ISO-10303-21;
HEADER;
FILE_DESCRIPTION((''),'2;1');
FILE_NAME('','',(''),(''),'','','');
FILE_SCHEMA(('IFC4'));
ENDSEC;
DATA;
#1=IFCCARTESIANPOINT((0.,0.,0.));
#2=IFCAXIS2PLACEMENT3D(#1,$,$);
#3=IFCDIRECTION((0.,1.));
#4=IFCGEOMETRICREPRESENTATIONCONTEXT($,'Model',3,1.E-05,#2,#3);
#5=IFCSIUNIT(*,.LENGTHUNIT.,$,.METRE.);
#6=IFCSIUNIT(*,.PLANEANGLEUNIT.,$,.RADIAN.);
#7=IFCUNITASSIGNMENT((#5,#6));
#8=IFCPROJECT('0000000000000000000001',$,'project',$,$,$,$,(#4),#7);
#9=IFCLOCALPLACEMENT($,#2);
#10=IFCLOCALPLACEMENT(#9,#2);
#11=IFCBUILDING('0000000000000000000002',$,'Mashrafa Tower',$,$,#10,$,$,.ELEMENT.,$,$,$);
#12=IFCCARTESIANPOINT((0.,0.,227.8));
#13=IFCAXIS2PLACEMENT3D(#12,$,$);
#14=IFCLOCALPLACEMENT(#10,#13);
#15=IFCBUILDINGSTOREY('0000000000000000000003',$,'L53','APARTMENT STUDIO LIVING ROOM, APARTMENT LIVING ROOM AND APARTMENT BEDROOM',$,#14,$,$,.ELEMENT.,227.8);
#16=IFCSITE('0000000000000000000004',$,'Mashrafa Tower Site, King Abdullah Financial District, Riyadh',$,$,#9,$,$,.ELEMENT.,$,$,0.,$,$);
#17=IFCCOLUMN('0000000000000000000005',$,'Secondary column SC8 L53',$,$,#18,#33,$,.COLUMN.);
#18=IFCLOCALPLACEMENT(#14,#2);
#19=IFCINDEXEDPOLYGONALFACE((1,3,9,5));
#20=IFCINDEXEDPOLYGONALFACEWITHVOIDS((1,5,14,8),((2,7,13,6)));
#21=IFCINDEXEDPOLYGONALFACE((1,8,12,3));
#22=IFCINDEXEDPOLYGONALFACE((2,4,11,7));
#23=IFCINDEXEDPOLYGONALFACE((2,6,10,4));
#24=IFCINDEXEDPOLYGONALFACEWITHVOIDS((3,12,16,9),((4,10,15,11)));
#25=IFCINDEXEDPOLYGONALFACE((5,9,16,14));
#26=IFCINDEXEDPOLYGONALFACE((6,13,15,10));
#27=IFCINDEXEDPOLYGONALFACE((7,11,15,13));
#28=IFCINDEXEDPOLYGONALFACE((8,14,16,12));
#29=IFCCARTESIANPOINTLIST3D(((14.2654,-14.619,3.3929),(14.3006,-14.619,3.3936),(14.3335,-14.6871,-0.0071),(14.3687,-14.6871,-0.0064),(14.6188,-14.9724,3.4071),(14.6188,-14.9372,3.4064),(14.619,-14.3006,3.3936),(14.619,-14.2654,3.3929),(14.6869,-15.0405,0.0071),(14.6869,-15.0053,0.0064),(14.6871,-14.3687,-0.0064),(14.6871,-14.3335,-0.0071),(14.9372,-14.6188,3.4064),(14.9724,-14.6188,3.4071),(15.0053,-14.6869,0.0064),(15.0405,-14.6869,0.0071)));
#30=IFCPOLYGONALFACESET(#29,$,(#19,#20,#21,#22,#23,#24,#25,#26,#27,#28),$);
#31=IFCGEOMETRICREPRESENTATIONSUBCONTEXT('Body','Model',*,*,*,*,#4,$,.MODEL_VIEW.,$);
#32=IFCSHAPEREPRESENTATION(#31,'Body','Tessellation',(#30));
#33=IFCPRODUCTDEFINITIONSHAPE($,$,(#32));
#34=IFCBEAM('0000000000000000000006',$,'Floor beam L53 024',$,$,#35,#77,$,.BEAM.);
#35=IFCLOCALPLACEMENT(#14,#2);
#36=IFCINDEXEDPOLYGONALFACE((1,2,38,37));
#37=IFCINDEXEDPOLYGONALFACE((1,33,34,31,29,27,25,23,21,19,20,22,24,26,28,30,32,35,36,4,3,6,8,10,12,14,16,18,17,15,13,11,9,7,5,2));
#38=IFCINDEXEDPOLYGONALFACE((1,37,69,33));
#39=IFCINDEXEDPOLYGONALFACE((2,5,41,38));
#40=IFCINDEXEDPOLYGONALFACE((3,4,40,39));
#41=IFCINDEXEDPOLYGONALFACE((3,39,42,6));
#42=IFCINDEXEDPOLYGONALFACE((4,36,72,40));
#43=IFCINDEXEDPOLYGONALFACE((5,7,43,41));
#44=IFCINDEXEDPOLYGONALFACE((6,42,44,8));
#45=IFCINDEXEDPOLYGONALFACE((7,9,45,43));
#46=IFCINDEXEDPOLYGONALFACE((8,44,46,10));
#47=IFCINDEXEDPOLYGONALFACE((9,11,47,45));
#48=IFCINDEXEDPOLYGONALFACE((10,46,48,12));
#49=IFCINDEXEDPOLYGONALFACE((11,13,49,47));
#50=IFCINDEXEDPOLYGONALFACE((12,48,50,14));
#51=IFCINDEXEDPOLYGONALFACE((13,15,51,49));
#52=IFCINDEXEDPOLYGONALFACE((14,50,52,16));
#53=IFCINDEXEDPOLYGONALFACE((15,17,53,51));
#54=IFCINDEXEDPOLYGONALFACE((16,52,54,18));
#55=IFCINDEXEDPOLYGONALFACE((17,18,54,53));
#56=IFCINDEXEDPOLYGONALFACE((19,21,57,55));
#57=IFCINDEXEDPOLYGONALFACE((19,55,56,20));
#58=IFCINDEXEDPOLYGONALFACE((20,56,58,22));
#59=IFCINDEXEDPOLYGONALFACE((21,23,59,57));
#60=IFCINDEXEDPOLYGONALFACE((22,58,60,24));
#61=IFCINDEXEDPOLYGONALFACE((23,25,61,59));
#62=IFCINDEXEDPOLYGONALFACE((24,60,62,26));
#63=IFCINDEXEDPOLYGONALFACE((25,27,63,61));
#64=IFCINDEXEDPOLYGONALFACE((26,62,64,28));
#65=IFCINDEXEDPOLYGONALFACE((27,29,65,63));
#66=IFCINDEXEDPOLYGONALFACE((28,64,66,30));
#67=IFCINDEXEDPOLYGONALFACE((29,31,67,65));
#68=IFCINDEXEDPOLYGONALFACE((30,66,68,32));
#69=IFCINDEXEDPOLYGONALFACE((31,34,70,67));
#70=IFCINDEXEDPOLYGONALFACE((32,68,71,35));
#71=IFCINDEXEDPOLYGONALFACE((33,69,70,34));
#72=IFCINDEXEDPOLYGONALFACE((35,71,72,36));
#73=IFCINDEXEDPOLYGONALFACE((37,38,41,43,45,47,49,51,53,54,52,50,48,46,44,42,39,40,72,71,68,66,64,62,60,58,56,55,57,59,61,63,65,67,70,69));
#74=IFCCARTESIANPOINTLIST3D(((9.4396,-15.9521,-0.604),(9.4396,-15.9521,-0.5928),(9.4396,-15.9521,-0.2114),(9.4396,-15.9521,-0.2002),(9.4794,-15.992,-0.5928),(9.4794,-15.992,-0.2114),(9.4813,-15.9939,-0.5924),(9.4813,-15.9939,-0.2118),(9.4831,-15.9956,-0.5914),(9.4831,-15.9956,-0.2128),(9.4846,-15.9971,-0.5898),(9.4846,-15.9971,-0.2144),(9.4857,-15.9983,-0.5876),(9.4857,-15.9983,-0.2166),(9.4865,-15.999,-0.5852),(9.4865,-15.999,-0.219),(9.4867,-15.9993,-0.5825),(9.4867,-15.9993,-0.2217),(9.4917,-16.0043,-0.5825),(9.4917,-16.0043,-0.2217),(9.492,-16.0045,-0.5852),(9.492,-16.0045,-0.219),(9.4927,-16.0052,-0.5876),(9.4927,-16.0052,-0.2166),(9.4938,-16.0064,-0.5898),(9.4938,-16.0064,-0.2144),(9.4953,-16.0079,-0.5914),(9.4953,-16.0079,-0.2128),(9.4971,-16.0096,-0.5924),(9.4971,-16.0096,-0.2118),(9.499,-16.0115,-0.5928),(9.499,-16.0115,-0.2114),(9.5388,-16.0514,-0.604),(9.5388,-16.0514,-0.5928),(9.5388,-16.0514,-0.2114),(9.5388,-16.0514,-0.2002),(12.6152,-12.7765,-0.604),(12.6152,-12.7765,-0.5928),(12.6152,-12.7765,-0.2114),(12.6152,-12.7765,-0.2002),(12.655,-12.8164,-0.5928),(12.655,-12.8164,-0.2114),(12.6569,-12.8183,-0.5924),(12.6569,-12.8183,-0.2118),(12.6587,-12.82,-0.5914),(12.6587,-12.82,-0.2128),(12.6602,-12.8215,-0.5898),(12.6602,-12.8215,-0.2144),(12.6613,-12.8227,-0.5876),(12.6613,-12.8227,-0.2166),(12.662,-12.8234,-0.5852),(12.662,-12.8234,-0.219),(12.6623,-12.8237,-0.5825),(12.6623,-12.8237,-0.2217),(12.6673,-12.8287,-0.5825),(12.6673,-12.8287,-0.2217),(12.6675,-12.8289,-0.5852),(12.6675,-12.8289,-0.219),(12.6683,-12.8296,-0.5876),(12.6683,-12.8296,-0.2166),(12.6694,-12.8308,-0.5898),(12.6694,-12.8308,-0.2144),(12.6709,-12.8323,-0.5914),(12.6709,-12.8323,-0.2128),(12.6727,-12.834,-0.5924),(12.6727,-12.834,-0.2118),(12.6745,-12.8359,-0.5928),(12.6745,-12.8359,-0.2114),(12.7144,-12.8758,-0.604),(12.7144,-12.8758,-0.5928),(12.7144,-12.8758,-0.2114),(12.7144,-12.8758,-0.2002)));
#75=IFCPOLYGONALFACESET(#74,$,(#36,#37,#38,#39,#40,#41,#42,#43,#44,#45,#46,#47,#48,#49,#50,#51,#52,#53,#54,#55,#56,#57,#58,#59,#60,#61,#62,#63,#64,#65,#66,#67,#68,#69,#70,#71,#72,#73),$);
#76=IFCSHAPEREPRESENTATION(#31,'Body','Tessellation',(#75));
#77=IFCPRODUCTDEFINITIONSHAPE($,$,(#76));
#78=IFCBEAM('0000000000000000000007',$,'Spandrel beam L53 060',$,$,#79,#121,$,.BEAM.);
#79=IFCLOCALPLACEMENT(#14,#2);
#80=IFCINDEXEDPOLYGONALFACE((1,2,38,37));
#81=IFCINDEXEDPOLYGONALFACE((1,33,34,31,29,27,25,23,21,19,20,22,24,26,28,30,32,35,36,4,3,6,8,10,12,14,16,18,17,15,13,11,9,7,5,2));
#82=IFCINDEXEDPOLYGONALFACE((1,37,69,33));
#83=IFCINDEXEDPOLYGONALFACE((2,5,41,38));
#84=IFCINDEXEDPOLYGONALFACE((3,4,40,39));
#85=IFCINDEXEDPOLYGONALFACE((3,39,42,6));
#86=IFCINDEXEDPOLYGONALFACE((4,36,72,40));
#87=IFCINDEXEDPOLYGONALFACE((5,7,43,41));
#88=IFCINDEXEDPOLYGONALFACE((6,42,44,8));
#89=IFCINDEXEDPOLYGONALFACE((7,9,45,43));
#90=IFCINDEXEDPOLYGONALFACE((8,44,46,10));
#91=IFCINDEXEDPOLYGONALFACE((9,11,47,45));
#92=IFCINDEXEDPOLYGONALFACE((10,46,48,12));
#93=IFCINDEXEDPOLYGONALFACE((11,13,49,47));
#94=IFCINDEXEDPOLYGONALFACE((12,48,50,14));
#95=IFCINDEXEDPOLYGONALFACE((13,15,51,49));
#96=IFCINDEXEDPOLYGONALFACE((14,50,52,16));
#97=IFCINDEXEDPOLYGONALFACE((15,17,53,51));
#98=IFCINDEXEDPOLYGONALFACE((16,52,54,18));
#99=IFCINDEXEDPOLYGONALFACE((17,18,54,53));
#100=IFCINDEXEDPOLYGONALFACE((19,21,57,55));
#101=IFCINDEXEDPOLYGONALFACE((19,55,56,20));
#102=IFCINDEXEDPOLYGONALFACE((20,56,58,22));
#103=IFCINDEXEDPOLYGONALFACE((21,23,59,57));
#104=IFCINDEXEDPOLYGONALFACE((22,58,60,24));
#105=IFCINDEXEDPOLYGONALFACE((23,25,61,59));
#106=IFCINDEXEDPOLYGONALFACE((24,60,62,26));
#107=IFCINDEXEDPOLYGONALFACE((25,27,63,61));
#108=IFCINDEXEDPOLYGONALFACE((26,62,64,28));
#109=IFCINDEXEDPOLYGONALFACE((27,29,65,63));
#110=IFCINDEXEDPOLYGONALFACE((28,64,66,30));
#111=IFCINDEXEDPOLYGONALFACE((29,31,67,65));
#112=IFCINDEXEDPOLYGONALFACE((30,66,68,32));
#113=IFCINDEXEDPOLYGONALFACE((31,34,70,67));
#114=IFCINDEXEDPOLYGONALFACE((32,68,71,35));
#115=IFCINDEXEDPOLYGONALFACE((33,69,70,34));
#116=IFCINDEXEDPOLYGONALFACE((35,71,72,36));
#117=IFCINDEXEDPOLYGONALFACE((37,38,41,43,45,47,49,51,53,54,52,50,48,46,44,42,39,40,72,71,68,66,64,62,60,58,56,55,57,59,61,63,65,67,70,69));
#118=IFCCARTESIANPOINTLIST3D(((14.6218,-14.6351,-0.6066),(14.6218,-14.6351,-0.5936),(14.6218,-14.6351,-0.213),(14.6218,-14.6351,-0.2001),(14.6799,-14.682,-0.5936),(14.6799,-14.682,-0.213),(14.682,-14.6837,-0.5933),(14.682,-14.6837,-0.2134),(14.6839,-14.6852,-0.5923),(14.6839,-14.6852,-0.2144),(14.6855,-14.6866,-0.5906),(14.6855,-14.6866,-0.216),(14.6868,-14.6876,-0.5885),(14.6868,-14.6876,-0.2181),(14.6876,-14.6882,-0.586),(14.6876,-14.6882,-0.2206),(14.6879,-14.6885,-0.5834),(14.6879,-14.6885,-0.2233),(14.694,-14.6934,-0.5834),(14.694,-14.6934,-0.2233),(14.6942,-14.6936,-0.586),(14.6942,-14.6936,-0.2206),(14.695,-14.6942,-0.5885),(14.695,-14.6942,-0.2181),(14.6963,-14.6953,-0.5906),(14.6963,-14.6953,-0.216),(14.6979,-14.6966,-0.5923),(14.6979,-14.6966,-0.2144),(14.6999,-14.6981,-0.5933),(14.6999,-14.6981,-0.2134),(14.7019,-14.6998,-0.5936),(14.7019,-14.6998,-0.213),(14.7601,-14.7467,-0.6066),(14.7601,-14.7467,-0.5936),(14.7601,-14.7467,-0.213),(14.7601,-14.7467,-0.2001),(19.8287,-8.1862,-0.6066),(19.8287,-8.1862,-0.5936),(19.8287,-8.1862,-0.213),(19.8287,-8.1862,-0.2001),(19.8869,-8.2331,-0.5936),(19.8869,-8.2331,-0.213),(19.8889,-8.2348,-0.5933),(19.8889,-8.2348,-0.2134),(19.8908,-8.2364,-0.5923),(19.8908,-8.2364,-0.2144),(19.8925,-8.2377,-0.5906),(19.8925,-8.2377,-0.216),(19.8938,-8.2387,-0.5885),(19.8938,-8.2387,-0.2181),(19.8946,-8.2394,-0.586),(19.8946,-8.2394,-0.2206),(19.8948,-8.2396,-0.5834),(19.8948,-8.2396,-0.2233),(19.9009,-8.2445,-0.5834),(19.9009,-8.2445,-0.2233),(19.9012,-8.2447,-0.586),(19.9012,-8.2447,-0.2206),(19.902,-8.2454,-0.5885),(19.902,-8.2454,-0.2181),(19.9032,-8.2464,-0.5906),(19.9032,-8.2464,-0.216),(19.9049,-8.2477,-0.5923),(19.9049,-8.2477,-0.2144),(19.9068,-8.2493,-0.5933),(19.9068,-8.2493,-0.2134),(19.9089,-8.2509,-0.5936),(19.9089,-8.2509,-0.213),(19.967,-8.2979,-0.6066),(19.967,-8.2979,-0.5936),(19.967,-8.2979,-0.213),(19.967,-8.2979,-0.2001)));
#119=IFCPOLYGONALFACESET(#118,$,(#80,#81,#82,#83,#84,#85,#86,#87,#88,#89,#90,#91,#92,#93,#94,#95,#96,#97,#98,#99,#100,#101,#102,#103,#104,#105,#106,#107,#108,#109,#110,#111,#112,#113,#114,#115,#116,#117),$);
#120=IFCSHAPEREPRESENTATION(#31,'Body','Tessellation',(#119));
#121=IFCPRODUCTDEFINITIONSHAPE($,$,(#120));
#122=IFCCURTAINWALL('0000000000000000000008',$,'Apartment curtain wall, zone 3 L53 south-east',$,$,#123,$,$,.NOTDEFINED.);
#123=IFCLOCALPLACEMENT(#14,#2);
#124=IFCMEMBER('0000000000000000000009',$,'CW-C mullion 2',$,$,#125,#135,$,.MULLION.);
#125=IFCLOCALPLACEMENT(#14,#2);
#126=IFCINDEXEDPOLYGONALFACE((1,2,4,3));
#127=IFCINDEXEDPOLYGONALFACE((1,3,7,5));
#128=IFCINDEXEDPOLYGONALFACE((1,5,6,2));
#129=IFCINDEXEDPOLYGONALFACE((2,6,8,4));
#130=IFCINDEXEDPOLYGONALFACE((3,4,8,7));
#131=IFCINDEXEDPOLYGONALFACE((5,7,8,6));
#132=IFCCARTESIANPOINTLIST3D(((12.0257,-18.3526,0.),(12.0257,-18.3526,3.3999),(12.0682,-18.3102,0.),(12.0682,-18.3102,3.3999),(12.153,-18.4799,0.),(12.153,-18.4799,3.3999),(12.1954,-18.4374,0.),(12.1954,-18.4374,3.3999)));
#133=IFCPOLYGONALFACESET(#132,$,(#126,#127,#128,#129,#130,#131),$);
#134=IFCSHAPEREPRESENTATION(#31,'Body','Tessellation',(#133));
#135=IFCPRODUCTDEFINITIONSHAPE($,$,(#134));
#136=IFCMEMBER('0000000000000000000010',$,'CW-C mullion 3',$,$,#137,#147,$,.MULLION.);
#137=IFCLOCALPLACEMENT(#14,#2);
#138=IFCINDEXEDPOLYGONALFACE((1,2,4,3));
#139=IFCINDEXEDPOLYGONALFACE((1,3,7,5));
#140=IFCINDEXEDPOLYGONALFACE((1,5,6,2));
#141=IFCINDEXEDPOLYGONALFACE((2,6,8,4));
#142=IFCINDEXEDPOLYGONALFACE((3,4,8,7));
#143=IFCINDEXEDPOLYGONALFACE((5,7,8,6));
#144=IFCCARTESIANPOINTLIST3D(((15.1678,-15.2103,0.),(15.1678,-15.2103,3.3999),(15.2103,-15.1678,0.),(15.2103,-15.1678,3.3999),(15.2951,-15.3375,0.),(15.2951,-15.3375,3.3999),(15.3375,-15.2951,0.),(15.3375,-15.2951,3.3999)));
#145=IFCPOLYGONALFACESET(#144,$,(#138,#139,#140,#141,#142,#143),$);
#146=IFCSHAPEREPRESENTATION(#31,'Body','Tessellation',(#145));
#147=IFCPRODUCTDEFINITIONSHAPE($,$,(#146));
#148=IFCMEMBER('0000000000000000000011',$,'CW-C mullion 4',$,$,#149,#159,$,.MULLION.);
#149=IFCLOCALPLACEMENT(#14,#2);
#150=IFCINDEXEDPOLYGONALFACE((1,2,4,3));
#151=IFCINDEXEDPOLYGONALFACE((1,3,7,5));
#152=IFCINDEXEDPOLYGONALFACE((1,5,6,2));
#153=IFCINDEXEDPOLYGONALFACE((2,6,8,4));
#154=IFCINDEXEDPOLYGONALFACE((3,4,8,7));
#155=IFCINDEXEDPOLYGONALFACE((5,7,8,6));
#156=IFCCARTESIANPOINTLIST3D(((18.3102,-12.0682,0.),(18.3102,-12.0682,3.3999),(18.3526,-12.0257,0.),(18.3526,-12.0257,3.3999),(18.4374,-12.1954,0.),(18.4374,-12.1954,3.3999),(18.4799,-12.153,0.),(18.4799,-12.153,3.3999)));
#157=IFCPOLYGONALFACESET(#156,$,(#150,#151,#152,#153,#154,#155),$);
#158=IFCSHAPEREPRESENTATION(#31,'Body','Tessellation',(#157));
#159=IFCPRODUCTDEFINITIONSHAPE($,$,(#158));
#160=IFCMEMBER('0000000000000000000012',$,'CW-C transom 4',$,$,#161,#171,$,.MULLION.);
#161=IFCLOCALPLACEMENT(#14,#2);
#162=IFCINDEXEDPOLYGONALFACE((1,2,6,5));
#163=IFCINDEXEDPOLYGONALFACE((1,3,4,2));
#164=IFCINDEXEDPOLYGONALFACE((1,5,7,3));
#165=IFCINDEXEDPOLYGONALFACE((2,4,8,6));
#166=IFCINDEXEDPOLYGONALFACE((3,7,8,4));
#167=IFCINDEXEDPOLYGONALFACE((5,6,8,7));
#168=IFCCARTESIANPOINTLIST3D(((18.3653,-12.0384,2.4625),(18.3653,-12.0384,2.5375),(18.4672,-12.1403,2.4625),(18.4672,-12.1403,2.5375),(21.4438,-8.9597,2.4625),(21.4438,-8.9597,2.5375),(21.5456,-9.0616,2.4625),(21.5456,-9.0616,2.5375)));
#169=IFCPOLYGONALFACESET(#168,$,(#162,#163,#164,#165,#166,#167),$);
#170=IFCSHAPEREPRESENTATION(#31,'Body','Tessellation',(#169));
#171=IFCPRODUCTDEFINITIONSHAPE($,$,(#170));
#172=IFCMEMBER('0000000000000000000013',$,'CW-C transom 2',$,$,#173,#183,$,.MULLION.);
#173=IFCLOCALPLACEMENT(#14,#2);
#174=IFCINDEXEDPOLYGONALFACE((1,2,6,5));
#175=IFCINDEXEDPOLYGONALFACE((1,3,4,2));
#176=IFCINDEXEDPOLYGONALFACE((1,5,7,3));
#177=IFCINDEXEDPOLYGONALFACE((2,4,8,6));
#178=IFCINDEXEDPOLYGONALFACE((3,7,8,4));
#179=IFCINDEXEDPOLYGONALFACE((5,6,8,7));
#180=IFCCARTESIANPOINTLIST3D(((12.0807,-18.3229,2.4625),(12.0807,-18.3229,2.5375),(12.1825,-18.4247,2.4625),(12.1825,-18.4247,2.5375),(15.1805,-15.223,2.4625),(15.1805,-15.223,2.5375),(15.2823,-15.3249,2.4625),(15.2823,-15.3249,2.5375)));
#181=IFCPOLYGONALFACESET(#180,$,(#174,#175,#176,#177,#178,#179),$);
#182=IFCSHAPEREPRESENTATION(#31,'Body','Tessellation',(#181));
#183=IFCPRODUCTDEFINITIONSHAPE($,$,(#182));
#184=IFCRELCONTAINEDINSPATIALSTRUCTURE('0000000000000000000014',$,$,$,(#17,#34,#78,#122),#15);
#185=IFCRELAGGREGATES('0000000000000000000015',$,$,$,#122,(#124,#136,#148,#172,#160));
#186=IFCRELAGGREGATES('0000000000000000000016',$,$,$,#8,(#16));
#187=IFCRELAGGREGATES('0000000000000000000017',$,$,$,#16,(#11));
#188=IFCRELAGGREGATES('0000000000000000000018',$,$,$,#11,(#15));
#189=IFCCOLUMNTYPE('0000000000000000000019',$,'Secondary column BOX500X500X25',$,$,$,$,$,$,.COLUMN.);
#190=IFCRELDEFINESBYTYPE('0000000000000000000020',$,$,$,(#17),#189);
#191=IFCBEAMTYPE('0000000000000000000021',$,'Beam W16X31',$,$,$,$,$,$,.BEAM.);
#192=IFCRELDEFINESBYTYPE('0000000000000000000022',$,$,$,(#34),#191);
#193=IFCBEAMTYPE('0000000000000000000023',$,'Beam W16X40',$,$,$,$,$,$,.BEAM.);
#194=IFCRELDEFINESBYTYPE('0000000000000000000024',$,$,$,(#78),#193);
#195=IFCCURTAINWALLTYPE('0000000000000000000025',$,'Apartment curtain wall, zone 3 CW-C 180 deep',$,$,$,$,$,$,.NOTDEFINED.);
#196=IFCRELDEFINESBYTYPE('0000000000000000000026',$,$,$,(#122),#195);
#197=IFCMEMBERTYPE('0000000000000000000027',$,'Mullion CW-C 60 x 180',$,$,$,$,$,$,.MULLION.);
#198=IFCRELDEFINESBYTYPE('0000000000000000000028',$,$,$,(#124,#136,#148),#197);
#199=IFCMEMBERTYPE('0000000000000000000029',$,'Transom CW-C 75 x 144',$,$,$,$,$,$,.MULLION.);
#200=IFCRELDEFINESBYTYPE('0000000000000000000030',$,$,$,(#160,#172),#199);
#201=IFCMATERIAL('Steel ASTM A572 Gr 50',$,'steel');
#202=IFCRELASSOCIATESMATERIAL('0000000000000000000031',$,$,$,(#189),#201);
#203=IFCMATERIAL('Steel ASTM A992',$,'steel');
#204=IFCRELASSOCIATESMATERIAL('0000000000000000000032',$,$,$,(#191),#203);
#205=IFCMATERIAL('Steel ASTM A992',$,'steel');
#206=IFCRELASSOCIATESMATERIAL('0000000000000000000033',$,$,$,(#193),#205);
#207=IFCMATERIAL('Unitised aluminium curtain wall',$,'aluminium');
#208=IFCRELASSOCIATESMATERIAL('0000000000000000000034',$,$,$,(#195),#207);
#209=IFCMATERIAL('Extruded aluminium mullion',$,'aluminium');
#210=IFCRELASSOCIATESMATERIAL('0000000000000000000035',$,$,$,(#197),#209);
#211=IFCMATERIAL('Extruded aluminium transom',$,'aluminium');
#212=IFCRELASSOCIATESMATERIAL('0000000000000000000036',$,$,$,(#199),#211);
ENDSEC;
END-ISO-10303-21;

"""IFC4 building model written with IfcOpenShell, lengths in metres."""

from ifc_helpers import new_model, si_unit, direction, frame, origin, origin_2d, place, context, subcontext, project, spatial, rectangle, hollow_rectangle, i_section, extrude, source, transform, mapped, material, material_profile, profile_set, type_object, type_shapes, element, aggregate, save


model = new_model("IFC4")

# Units and contexts
model_context = context("Model", 3, precision=1e-05, world=origin(), true_north=direction((0.0, 1.0)))
body_context = subcontext(model_context, "Body", "Model", "MODEL_VIEW")
ifc_project = project(units=[si_unit("LENGTHUNIT", "METRE"), si_unit("PLANEANGLEUNIT", "RADIAN")], contexts=[model_context])

# Site, building, storey
site_placement = place(None, origin())
site = spatial("IfcSite", under=ifc_project, at=site_placement, Name="Mashrafa Tower Site, King Abdullah Financial District, Riyadh", CompositionType="ELEMENT", RefElevation=0.0)
building_placement = place(site_placement, origin())
building = spatial("IfcBuilding", under=site, at=building_placement, Name="Mashrafa Tower", CompositionType="ELEMENT")
storey_placement = place(building_placement, frame((0.0, 0.0, 227.8)))
storey = spatial("IfcBuildingStorey", under=building, at=storey_placement, Name="L53", Description="APARTMENT STUDIO LIVING ROOM, APARTMENT LIVING ROOM AND APARTMENT BEDROOM", CompositionType="ELEMENT", Elevation=227.8)

# Column
ifc_material_1 = material(Name="Steel ASTM A572 Gr 50", Category="steel")
ifc_material_profile_1 = material_profile(ifc_material_1, hollow_rectangle(XDim=0.5, YDim=0.5, WallThickness=0.0249, at=origin_2d()), Name="BOX500X500X25")
ifc_profile_set_1 = profile_set([ifc_material_profile_1], Name="Steel ASTM A572 Gr 50")
column_type = type_object("IfcColumnType", Name="Secondary column BOX500X500X25", PredefinedType="COLUMN", material=ifc_profile_set_1)
column_placement = place(storey_placement, frame((14.687, -14.687, 0.0), z_axis=(-0.020026, 0.020026, 0.999599), x_axis=(-0.707107, -0.707107, 0.0)))
element("IfcColumn", 1, at=column_placement, inside=storey, type_object=column_type, Name="Secondary column SC8 L53", PredefinedType="COLUMN", context=body_context, shape_type="SweptSolid", body=[
    extrude(hollow_rectangle(XDim=0.5, YDim=0.5, WallThickness=0.0249, at=origin_2d()), origin(), (0.0, 0.0, 1.0), 3.4014),
])

# Beams
ifc_material_2 = material(Name="Steel ASTM A992", Category="steel")
ifc_material_profile_2 = material_profile(ifc_material_2, i_section(OverallWidth=0.1404, OverallDepth=0.4038, WebThickness=0.0071, FlangeThickness=0.0112, FilletRadius=0.0103, at=origin_2d()), Name="W16X31")
ifc_profile_set_2 = profile_set([ifc_material_profile_2], Name="Steel ASTM A992")
beam_type_1 = type_object("IfcBeamType", Name="Beam W16X31", PredefinedType="BEAM", material=ifc_profile_set_2)
beam_1_placement = place(storey_placement, frame((12.6648, -12.8262, -0.4021), z_axis=(-0.707107, -0.707107, 0.0), x_axis=(0.707107, -0.707107, 0.0)))
element("IfcBeam", 2, at=beam_1_placement, inside=storey, type_object=beam_type_1, Name="Floor beam L53 024", PredefinedType="BEAM", context=body_context, shape_type="SweptSolid", body=[
    extrude(i_section(OverallWidth=0.1404, OverallDepth=0.4038, WebThickness=0.0071, FlangeThickness=0.0112, FilletRadius=0.0103, at=origin_2d()), origin(), (0.0, 0.0, 1.0), 4.491),
])
ifc_material_3 = material(Name="Steel ASTM A992", Category="steel")
ifc_material_profile_3 = material_profile(ifc_material_3, i_section(OverallWidth=0.1777, OverallDepth=0.4065, WebThickness=0.0078, FlangeThickness=0.0129, FilletRadius=0.0103, at=origin_2d()), Name="W16X40")
ifc_profile_set_3 = profile_set([ifc_material_profile_3], Name="Steel ASTM A992")
beam_type_2 = type_object("IfcBeamType", Name="Beam W16X40", PredefinedType="BEAM", material=ifc_profile_set_3)
beam_2_placement = place(storey_placement, frame((14.6909, -14.6909, -0.4033), z_axis=(0.628209, 0.778045, 0.0), x_axis=(-0.778045, 0.628209, 0.0)))
element("IfcBeam", 3, at=beam_2_placement, inside=storey, type_object=beam_type_2, Name="Spandrel beam L53 060", PredefinedType="BEAM", context=body_context, shape_type="SweptSolid", body=[
    extrude(i_section(OverallWidth=0.1777, OverallDepth=0.4065, WebThickness=0.0078, FlangeThickness=0.0129, FilletRadius=0.0103, at=origin_2d()), origin(), (0.0, 0.0, 1.0), 8.2886),
])

# Curtain wall, members
ifc_material_4 = material(Name="Unitised aluminium curtain wall", Category="aluminium")
curtain_wall_type = type_object("IfcCurtainWallType", Name="Apartment curtain wall, zone 3 CW-C 180 deep", PredefinedType="NOTDEFINED", material=ifc_material_4)
curtain_wall_placement = place(storey_placement, origin())
curtain_wall = element("IfcCurtainWall", 4, at=curtain_wall_placement, inside=storey, type_object=curtain_wall_type, Name="Apartment curtain wall, zone 3 L53 south-east", PredefinedType="NOTDEFINED")
ifc_material_5 = material(Name="Extruded aluminium mullion", Category="aluminium")
ifc_material_profile_4 = material_profile(ifc_material_5, rectangle(XDim=0.1799, YDim=0.0601, at=origin_2d()), Name="Mullion 60x180")
ifc_profile_set_4 = profile_set([ifc_material_profile_4], Name="Extruded aluminium mullion")
member_type_1 = type_object("IfcMemberType", Name="Mullion CW-C 60 x 180", PredefinedType="MULLION", material=ifc_profile_set_4)
shared_shape_1 = source(origin(), body_context, "Body", "SweptSolid", [
    extrude(rectangle(XDim=0.1799, YDim=0.0601, at=origin_2d()), origin(), (0.0, 0.0, 1.0), 3.3999),
])
type_shapes(member_type_1, [shared_shape_1])
member_1_placement = place(storey_placement, frame((12.1106, -18.395, 0.0), z_axis=(0.0, 0.0, 1.0), x_axis=(-0.707107, 0.707107, 0.0)))
member_1 = element("IfcMember", 5, at=member_1_placement, type_object=member_type_1, Name="CW-C mullion 2", PredefinedType="MULLION", context=body_context, shape_type="MappedRepresentation", body=[
    mapped(shared_shape_1, transform((0.0, 0.0, 0.0))),
])
member_2_placement = place(storey_placement, frame((15.2527, -15.2527, 0.0), z_axis=(0.0, 0.0, 1.0), x_axis=(-0.707107, 0.707107, 0.0)))
member_2 = element("IfcMember", 6, at=member_2_placement, type_object=member_type_1, Name="CW-C mullion 3", PredefinedType="MULLION", context=body_context, shape_type="MappedRepresentation", body=[
    mapped(shared_shape_1, transform((0.0, 0.0, 0.0))),
])
member_3_placement = place(storey_placement, frame((18.395, -12.1106, 0.0), z_axis=(0.0, 0.0, 1.0), x_axis=(-0.707107, 0.707107, 0.0)))
member_3 = element("IfcMember", 7, at=member_3_placement, type_object=member_type_1, Name="CW-C mullion 4", PredefinedType="MULLION", context=body_context, shape_type="MappedRepresentation", body=[
    mapped(shared_shape_1, transform((0.0, 0.0, 0.0))),
])
ifc_material_6 = material(Name="Extruded aluminium transom", Category="aluminium")
ifc_material_profile_5 = material_profile(ifc_material_6, rectangle(XDim=0.144, YDim=0.075, at=origin_2d()), Name="Transom 75x144")
ifc_profile_set_5 = profile_set([ifc_material_profile_5], Name="Extruded aluminium transom")
member_type_2 = type_object("IfcMemberType", Name="Transom CW-C 75 x 144", PredefinedType="MULLION", material=ifc_profile_set_5)
shared_shape_2 = source(origin(), body_context, "Body", "SweptSolid", [
    extrude(rectangle(XDim=0.144, YDim=0.075, at=origin_2d()), origin(), (0.0, 0.0, 1.0), 4.3538),
])
member_4_placement = place(storey_placement, frame((18.4163, -12.0894, 2.5), z_axis=(0.707079, 0.707135, 0.0), x_axis=(-0.707135, 0.707079, 0.0)))
member_4 = element("IfcMember", 8, at=member_4_placement, type_object=member_type_2, Name="CW-C transom 4", PredefinedType="MULLION", context=body_context, shape_type="MappedRepresentation", body=[
    mapped(shared_shape_2, transform((0.0, 0.0, 0.0))),
])
shared_shape_3 = source(origin(), body_context, "Body", "SweptSolid", [
    extrude(rectangle(XDim=0.144, YDim=0.075, at=origin_2d()), origin(), (0.0, 0.0, 1.0), 4.3838),
])
type_shapes(member_type_2, [shared_shape_2, shared_shape_3])
member_5_placement = place(storey_placement, frame((12.1316, -18.3738, 2.5), z_axis=(0.707107, 0.707107, 0.0), x_axis=(-0.707107, 0.707107, 0.0)))
member_5 = element("IfcMember", 9, at=member_5_placement, type_object=member_type_2, Name="CW-C transom 2", PredefinedType="MULLION", context=body_context, shape_type="MappedRepresentation", body=[
    mapped(shared_shape_3, transform((0.0, 0.0, 0.0))),
])
aggregate(curtain_wall, [member_1, member_2, member_3, member_5, member_4])

save(model, "model.ifc")
